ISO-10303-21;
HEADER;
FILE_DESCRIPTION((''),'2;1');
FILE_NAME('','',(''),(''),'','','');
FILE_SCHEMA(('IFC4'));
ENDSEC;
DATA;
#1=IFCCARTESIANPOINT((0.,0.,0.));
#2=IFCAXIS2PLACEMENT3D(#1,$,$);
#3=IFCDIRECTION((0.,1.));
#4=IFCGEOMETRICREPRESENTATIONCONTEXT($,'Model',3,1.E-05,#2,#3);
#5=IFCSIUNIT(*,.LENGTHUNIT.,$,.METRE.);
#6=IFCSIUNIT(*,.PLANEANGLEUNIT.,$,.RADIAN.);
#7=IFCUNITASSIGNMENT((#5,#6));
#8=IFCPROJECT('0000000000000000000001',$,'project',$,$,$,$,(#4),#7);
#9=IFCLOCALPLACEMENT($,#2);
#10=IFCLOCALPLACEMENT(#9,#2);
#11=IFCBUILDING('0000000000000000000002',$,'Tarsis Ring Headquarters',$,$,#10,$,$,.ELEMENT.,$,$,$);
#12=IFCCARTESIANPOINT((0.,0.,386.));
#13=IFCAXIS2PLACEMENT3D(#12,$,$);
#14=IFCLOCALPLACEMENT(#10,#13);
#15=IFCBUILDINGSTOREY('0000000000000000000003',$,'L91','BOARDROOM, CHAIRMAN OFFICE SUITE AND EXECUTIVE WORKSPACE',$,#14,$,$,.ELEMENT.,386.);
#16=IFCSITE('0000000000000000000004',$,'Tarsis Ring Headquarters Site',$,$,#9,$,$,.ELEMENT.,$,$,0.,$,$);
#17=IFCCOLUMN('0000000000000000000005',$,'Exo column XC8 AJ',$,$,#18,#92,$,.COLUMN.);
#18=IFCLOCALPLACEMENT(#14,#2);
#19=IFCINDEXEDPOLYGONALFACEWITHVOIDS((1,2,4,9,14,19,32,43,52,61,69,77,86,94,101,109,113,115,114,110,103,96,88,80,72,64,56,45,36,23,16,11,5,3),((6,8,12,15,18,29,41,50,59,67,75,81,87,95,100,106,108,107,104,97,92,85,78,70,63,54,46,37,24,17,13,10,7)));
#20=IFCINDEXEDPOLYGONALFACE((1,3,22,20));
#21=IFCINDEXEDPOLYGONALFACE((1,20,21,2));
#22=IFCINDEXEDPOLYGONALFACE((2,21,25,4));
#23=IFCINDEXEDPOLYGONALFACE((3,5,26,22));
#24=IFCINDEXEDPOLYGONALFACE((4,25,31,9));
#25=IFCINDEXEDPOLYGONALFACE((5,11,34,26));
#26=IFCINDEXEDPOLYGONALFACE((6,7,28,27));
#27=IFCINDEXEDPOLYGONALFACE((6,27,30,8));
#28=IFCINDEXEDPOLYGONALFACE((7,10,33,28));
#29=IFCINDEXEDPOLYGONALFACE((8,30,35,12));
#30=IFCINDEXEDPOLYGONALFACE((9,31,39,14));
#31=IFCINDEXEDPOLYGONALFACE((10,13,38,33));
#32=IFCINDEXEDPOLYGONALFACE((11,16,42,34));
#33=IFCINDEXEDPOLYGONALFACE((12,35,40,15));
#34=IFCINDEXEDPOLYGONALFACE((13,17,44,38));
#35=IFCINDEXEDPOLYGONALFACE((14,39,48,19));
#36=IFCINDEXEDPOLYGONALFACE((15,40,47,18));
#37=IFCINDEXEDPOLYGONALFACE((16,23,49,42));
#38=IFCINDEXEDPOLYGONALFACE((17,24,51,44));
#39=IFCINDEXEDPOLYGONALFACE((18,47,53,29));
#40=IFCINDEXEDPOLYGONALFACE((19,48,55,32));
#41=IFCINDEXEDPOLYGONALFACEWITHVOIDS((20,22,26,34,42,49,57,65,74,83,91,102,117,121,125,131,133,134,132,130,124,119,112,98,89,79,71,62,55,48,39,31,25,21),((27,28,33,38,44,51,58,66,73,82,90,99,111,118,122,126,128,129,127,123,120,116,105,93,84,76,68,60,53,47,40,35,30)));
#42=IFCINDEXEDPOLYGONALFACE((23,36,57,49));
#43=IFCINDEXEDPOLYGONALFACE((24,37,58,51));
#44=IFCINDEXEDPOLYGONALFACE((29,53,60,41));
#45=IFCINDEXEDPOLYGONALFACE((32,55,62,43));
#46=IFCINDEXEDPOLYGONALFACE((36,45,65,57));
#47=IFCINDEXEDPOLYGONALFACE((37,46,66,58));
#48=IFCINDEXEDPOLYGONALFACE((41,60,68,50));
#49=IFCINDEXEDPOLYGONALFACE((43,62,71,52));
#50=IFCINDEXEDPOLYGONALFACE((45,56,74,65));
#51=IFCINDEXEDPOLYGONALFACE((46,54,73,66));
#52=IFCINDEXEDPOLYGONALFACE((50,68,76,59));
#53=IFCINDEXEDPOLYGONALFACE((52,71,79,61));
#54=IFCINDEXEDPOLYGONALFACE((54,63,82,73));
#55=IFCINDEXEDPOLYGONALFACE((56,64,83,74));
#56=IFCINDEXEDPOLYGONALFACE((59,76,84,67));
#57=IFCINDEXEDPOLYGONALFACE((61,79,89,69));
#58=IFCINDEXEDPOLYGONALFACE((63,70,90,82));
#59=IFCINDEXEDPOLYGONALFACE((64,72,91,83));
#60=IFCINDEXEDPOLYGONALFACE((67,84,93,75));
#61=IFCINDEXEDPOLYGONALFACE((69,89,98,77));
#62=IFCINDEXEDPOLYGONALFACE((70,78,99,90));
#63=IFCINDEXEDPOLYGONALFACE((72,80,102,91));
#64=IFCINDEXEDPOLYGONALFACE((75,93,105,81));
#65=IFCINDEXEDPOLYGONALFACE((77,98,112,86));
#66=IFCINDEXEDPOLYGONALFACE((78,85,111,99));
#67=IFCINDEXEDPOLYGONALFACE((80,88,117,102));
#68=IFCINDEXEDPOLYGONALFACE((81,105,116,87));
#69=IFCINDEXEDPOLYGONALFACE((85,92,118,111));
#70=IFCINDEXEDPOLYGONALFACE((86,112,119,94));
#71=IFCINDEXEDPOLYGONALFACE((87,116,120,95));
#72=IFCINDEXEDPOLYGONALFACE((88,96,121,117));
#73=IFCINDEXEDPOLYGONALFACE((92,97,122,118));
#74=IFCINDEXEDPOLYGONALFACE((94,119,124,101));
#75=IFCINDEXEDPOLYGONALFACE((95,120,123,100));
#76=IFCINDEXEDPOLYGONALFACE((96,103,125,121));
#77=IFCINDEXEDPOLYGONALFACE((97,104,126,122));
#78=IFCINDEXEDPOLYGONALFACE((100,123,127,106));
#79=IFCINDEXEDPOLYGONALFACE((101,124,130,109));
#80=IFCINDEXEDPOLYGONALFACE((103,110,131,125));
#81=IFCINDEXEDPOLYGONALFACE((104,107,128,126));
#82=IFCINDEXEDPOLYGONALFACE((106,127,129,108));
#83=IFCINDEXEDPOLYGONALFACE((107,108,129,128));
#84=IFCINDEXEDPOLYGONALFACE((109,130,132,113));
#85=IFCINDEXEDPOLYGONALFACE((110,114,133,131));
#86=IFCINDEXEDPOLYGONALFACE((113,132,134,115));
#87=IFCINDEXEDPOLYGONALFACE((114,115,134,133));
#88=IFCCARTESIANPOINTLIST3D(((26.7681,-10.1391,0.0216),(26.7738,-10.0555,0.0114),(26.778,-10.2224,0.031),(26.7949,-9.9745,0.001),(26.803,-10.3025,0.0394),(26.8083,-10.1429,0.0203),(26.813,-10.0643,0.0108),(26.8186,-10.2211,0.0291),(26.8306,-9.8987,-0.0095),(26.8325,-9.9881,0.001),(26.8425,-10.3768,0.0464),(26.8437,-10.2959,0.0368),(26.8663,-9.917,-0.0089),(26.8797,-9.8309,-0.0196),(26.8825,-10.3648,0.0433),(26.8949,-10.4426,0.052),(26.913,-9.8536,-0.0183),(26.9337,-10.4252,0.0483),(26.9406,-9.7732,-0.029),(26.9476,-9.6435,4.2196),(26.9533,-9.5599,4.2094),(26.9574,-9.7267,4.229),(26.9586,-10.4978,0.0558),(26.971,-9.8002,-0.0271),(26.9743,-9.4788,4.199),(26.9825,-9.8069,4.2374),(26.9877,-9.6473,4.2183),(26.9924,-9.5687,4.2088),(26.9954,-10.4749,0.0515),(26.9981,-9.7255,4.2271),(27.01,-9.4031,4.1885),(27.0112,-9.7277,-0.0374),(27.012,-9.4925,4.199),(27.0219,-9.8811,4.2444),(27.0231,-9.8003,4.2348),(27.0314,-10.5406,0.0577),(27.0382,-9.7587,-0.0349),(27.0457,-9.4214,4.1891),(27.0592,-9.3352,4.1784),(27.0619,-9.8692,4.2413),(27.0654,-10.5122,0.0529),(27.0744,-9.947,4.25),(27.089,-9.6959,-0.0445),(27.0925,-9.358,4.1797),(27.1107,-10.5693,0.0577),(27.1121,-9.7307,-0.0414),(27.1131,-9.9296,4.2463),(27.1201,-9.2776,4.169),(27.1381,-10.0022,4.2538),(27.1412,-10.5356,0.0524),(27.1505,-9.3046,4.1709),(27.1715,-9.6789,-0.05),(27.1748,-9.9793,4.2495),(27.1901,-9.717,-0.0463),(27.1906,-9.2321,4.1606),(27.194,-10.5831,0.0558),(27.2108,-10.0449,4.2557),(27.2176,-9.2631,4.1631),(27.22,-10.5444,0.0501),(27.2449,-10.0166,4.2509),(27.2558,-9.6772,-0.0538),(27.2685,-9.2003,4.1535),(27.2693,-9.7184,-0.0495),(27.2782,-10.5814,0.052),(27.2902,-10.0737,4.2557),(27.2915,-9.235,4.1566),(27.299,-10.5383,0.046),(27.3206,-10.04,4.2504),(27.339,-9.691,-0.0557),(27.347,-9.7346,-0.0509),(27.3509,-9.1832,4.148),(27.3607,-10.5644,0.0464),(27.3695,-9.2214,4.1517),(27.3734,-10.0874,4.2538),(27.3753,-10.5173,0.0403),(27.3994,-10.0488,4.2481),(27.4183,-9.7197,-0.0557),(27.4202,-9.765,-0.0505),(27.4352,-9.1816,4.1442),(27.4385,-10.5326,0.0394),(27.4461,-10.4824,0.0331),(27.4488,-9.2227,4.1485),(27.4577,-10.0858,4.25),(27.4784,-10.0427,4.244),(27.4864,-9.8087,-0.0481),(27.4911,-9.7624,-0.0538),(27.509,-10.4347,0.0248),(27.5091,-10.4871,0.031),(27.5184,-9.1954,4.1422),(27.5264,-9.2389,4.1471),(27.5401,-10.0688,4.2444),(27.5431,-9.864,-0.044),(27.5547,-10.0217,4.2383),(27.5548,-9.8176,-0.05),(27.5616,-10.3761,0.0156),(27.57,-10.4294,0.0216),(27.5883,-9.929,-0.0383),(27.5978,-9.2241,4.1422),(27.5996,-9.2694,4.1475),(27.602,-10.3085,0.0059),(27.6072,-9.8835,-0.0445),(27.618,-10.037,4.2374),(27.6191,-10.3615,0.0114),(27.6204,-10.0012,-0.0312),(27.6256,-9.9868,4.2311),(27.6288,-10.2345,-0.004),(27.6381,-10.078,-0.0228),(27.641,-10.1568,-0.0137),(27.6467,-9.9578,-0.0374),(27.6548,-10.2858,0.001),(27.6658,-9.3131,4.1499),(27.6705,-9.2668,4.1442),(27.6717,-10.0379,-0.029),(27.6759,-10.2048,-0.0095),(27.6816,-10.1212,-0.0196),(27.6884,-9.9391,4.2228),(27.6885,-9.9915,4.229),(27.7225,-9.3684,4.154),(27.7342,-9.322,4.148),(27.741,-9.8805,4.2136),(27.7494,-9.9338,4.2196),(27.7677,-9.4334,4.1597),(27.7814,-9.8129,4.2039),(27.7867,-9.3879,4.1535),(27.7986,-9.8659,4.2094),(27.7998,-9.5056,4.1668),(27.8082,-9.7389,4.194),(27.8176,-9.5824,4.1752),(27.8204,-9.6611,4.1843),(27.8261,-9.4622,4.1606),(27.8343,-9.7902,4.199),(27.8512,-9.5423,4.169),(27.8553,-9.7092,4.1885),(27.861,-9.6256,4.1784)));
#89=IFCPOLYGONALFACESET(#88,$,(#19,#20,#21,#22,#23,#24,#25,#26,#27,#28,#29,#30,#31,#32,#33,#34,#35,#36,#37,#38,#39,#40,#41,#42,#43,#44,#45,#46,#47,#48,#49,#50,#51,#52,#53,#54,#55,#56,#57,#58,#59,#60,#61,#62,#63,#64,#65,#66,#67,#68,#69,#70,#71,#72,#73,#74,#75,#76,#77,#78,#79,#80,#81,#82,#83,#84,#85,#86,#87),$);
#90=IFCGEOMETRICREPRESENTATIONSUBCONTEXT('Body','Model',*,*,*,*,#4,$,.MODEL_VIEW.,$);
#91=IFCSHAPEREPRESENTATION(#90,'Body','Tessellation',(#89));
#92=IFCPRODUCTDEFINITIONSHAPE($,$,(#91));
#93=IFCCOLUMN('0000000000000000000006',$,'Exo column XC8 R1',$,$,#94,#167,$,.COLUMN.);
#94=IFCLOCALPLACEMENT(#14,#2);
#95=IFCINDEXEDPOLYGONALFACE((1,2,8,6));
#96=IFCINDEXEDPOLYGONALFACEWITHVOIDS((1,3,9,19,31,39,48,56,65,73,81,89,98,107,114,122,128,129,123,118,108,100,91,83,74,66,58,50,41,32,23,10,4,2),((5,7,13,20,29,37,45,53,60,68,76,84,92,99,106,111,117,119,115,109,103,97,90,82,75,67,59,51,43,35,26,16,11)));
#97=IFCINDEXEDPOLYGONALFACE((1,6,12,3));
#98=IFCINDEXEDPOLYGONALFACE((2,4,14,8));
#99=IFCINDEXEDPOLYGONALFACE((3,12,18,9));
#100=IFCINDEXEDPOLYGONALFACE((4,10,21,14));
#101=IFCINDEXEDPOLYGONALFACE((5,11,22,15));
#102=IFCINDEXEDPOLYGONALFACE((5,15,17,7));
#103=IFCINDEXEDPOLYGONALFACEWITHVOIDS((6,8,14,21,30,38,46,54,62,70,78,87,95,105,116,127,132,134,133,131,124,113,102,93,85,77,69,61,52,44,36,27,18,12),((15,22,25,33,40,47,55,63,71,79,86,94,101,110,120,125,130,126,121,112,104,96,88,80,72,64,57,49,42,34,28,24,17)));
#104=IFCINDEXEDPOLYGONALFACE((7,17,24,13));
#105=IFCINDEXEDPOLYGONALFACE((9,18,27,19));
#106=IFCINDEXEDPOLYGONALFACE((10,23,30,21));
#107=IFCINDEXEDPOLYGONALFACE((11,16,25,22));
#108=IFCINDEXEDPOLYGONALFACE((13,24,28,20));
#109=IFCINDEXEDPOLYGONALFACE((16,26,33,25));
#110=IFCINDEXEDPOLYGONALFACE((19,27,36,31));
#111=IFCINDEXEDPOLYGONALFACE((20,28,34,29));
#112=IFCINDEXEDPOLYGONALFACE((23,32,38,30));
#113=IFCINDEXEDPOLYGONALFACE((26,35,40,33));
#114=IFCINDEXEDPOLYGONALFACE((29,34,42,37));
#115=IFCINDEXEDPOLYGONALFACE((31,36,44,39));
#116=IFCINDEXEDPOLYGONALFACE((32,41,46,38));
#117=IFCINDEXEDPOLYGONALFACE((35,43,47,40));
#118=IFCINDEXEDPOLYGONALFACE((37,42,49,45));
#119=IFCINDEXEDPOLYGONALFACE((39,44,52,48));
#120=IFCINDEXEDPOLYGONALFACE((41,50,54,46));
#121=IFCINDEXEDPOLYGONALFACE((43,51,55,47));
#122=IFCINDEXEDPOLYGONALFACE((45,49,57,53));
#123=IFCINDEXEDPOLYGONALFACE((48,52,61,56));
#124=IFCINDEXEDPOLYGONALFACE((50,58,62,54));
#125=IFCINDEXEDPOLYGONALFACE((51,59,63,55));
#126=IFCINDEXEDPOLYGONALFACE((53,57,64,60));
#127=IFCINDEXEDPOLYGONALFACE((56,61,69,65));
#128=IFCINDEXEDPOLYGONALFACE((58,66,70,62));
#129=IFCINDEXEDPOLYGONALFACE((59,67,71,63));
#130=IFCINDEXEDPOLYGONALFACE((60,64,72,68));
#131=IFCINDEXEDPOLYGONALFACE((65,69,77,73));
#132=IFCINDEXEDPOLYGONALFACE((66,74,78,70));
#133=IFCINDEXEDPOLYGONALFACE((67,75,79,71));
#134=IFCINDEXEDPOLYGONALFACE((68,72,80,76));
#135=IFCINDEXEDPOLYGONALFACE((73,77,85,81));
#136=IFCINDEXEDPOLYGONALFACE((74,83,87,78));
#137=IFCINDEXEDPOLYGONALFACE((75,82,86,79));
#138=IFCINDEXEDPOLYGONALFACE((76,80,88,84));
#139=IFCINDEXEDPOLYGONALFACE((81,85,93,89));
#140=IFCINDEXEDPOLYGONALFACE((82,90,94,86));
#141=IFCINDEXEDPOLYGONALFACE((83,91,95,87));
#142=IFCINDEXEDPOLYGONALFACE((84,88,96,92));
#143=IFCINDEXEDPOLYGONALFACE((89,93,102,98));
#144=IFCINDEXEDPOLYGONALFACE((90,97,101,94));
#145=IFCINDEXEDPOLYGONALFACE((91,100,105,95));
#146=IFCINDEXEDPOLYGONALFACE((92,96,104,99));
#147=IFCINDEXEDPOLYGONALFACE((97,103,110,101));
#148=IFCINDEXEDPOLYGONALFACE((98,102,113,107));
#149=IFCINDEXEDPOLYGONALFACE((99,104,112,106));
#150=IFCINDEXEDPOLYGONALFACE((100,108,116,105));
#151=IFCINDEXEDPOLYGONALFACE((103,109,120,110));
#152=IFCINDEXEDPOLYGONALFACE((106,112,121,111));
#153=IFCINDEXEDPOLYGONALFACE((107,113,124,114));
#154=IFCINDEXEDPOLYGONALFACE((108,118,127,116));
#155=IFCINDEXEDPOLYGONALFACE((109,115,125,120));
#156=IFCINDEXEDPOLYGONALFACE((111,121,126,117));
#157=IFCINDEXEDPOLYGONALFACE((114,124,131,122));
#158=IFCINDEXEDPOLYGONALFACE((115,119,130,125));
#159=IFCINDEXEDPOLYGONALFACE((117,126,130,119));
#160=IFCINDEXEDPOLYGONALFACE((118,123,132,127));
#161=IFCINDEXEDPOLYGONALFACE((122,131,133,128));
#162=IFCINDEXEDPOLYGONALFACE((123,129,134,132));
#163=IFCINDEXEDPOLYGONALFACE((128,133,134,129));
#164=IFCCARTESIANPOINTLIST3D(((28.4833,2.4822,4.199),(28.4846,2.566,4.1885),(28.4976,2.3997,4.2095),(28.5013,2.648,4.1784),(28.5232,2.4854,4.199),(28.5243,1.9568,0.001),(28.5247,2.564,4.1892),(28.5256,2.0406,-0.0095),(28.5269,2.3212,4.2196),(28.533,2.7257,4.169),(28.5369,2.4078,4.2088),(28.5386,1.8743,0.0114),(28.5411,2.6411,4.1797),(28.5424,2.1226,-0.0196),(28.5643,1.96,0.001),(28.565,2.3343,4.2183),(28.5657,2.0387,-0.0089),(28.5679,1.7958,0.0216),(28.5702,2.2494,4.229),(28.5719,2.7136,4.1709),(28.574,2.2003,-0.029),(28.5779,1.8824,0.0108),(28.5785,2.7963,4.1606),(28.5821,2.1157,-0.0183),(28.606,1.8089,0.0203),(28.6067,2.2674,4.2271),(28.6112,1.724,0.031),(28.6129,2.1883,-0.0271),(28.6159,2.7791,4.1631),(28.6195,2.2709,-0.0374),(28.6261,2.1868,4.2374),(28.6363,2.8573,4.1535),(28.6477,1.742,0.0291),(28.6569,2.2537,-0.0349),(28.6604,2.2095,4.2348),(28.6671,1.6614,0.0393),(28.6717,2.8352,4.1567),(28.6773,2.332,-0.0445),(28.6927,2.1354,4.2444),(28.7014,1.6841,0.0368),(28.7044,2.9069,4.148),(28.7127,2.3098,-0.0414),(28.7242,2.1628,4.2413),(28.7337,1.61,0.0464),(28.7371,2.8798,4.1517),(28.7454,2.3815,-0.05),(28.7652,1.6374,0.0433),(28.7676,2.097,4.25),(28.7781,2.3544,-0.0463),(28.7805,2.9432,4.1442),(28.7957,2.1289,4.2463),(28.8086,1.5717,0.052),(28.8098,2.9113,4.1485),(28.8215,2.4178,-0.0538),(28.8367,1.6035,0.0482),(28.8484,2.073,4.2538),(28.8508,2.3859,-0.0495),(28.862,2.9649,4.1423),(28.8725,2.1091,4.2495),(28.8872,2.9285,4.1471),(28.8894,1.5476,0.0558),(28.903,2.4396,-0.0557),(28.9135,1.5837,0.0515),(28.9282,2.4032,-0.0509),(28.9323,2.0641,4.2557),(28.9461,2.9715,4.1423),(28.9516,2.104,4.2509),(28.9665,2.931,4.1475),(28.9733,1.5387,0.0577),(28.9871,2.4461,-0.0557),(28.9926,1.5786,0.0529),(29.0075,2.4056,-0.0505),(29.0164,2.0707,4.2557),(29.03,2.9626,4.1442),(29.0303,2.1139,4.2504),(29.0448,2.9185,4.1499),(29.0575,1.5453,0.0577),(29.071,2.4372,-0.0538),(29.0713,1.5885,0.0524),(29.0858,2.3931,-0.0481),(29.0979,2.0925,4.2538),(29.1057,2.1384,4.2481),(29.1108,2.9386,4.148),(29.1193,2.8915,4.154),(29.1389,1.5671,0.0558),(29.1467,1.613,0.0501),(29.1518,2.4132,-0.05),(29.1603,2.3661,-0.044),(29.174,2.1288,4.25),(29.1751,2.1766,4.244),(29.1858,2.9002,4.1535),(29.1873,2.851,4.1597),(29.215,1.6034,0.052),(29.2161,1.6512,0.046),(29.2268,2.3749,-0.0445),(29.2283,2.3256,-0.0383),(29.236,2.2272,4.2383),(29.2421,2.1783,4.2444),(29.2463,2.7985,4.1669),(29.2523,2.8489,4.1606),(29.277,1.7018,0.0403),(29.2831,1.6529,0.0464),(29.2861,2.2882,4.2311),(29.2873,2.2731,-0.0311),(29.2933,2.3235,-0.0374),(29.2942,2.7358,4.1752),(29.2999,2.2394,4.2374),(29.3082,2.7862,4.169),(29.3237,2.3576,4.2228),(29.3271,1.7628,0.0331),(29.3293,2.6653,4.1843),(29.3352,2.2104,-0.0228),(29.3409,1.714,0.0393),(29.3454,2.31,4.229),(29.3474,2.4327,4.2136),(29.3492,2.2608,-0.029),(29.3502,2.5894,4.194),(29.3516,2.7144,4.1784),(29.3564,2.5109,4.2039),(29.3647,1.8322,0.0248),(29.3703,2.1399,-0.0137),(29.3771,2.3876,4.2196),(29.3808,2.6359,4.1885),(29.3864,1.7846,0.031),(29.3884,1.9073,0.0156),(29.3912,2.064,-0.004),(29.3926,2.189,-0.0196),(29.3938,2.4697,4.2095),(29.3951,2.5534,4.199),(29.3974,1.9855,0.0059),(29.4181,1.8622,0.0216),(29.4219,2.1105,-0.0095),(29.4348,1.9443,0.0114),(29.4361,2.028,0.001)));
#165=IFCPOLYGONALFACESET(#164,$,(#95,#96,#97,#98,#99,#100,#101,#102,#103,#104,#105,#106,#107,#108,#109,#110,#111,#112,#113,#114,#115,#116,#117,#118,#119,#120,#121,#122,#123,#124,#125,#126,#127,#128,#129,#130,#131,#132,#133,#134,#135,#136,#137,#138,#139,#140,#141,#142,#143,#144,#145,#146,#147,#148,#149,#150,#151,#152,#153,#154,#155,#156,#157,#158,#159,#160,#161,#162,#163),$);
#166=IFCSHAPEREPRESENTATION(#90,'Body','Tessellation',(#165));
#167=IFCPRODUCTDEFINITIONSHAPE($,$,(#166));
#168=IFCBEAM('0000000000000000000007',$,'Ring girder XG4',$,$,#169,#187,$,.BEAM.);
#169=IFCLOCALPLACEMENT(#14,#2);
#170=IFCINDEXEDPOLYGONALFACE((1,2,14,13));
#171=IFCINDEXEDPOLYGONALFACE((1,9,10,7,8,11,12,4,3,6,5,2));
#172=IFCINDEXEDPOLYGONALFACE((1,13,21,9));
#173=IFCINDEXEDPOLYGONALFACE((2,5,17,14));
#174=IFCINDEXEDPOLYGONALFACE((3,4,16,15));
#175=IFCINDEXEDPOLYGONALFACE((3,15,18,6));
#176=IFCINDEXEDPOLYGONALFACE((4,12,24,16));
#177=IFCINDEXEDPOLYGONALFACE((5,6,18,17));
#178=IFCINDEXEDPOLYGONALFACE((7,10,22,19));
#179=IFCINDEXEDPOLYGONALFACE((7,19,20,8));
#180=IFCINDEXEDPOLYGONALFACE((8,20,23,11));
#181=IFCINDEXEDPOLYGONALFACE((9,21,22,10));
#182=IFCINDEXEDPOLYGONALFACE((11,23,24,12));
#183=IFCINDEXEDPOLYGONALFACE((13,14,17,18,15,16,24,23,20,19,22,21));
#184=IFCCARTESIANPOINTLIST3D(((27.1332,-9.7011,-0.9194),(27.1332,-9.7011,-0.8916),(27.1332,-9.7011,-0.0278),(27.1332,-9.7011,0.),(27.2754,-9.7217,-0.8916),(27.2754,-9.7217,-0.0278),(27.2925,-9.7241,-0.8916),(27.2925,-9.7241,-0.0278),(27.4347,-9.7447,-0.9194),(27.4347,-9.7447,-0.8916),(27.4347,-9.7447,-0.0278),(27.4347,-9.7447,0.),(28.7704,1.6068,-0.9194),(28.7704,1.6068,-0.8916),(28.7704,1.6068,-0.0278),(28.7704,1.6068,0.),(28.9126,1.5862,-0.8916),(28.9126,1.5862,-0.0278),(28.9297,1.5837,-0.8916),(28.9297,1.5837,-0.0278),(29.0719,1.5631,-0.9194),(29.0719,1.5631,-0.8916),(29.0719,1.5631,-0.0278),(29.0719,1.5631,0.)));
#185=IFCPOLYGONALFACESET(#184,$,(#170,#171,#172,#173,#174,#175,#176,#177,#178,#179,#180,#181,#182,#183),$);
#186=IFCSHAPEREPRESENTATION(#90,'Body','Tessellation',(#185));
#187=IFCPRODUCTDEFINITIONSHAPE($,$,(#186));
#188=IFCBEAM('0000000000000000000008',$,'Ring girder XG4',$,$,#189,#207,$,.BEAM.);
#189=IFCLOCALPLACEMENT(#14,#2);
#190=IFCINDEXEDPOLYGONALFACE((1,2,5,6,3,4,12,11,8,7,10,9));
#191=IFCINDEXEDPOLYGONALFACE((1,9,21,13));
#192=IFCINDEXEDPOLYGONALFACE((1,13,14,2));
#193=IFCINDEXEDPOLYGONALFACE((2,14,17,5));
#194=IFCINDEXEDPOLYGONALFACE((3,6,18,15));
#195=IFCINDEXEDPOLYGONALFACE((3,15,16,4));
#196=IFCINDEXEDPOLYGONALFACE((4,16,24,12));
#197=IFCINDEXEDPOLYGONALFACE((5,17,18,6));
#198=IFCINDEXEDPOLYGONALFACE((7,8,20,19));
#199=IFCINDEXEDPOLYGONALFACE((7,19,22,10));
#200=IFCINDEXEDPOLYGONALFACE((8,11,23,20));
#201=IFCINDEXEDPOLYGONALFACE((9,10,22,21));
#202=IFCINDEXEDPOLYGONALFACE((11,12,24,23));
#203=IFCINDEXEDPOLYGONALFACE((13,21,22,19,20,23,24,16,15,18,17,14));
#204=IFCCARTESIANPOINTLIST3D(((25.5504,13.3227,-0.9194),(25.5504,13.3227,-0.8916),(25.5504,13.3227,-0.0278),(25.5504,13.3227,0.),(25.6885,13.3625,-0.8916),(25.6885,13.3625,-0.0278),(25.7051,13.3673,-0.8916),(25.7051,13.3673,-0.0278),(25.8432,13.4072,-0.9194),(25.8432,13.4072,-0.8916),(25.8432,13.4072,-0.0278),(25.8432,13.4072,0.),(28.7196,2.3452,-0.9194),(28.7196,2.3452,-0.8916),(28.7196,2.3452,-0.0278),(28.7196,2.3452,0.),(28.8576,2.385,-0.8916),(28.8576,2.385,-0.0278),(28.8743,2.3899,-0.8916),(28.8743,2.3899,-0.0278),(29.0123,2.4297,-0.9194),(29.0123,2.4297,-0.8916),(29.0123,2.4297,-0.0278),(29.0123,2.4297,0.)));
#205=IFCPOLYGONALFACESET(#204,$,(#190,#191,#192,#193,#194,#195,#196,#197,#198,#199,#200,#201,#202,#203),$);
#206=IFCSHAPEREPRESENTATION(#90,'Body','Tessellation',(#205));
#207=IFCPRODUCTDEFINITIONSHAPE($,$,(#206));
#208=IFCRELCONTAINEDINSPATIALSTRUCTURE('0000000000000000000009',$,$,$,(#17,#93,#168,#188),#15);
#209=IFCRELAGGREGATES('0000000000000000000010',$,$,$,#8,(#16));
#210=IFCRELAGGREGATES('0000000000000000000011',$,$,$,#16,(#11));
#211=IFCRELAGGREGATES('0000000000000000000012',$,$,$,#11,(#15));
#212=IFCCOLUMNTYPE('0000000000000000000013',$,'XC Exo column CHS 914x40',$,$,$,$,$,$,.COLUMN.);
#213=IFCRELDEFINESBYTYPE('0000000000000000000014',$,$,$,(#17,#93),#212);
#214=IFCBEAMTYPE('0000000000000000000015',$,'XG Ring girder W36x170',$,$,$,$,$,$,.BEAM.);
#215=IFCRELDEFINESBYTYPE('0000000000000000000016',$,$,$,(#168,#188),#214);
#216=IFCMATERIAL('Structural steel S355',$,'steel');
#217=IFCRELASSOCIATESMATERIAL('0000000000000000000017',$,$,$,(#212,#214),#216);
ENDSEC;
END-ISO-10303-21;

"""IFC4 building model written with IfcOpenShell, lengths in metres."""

from ifc_helpers import new_model, si_unit, direction, frame, origin, origin_2d, place, context, subcontext, project, spatial, hollow_circle, i_section, extrude, material, material_profile, profile_set, type_object, element, save


model = new_model("IFC4")

# Units and contexts
model_context = context("Model", 3, precision=1e-05, world=origin(), true_north=direction((0.0, 1.0)))
body_context = subcontext(model_context, "Body", "Model", "MODEL_VIEW")
ifc_project = project(units=[si_unit("LENGTHUNIT", "METRE"), si_unit("PLANEANGLEUNIT", "RADIAN")], contexts=[model_context])

# Site, building, storey
site_placement = place(None, origin())
site = spatial("IfcSite", under=ifc_project, at=site_placement, Name="Tarsis Ring Headquarters Site", CompositionType="ELEMENT", RefElevation=0.0)
building_placement = place(site_placement, origin())
building = spatial("IfcBuilding", under=site, at=building_placement, Name="Tarsis Ring Headquarters", CompositionType="ELEMENT")
storey_placement = place(building_placement, frame((0.0, 0.0, 386.0)))
storey = spatial("IfcBuildingStorey", under=building, at=storey_placement, Name="L91", Description="BOARDROOM, CHAIRMAN OFFICE SUITE AND EXECUTIVE WORKSPACE", CompositionType="ELEMENT", Elevation=386.0)

# Columns
ifc_material_1 = material(Name="Structural steel S355", Category="steel")
ifc_material_profile_1 = material_profile(ifc_material_1, hollow_circle(Radius=0.457, WallThickness=0.04, at=origin_2d()), Name="CHS 914x40")
ifc_profile_set_1 = profile_set([ifc_material_profile_1], Name="Structural steel S355")
column_type = type_object("IfcColumnType", Name="XC Exo column CHS 914x40", PredefinedType="COLUMN", material=ifc_profile_set_1)
for number, where, z_axis, x_axis, name in (
    (1, (27.2249, -10.1301, 0.001), (0.042412, 0.117138, 0.99221), (-0.940266, 0.340441, 0.0), "Exo column XC8 AJ"),
    (2, (28.9802, 1.9924, 0.001), (-0.009694, 0.124178, 0.992213), (-0.996967, -0.07783, 0.0), "Exo column XC8 R1"),
):
    element("IfcColumn", number, at=place(storey_placement, frame(where, z_axis=z_axis, x_axis=x_axis)), inside=storey, type_object=column_type, Name=name, PredefinedType="COLUMN", context=body_context, shape_type="SweptSolid", body=[
        extrude(hollow_circle(Radius=0.4573, WallThickness=0.04, at=origin_2d()), origin(), (0.0, 0.0, 1.0), 4.231),
    ])

# Beams
ifc_material_profile_2 = material_profile(ifc_material_1, i_section(OverallWidth=0.3047, OverallDepth=0.9194, WebThickness=0.0173, FlangeThickness=0.0278, at=origin_2d()), Name="W36x170")
ifc_profile_set_2 = profile_set([ifc_material_profile_2], Name="Structural steel S355")
beam_type = type_object("IfcBeamType", Name="XG Ring girder W36x170", PredefinedType="BEAM", material=ifc_profile_set_2)
for number, where, z_axis, x_axis, name in (
    (3, (27.2839, -9.7229, -0.4597), (0.143291, 0.989681, 0.0), (-0.989681, 0.143291, 0.0), "Ring girder XG4"),
    (4, (28.866, 2.3875, -0.4597), (-0.27737, 0.960763, 0.0), (-0.960763, -0.27737, 0.0), "Ring girder XG4"),
):
    element("IfcBeam", number, at=place(storey_placement, frame(where, z_axis=z_axis, x_axis=x_axis)), inside=storey, type_object=beam_type, Name=name, PredefinedType="BEAM", context=body_context, shape_type="SweptSolid", body=[
        extrude(i_section(OverallWidth=0.3047, OverallDepth=0.9194, WebThickness=0.0173, FlangeThickness=0.0278, at=origin_2d()), origin(), (0.0, 0.0, 1.0), 11.4258),
    ])

save(model, "model.ifc")
